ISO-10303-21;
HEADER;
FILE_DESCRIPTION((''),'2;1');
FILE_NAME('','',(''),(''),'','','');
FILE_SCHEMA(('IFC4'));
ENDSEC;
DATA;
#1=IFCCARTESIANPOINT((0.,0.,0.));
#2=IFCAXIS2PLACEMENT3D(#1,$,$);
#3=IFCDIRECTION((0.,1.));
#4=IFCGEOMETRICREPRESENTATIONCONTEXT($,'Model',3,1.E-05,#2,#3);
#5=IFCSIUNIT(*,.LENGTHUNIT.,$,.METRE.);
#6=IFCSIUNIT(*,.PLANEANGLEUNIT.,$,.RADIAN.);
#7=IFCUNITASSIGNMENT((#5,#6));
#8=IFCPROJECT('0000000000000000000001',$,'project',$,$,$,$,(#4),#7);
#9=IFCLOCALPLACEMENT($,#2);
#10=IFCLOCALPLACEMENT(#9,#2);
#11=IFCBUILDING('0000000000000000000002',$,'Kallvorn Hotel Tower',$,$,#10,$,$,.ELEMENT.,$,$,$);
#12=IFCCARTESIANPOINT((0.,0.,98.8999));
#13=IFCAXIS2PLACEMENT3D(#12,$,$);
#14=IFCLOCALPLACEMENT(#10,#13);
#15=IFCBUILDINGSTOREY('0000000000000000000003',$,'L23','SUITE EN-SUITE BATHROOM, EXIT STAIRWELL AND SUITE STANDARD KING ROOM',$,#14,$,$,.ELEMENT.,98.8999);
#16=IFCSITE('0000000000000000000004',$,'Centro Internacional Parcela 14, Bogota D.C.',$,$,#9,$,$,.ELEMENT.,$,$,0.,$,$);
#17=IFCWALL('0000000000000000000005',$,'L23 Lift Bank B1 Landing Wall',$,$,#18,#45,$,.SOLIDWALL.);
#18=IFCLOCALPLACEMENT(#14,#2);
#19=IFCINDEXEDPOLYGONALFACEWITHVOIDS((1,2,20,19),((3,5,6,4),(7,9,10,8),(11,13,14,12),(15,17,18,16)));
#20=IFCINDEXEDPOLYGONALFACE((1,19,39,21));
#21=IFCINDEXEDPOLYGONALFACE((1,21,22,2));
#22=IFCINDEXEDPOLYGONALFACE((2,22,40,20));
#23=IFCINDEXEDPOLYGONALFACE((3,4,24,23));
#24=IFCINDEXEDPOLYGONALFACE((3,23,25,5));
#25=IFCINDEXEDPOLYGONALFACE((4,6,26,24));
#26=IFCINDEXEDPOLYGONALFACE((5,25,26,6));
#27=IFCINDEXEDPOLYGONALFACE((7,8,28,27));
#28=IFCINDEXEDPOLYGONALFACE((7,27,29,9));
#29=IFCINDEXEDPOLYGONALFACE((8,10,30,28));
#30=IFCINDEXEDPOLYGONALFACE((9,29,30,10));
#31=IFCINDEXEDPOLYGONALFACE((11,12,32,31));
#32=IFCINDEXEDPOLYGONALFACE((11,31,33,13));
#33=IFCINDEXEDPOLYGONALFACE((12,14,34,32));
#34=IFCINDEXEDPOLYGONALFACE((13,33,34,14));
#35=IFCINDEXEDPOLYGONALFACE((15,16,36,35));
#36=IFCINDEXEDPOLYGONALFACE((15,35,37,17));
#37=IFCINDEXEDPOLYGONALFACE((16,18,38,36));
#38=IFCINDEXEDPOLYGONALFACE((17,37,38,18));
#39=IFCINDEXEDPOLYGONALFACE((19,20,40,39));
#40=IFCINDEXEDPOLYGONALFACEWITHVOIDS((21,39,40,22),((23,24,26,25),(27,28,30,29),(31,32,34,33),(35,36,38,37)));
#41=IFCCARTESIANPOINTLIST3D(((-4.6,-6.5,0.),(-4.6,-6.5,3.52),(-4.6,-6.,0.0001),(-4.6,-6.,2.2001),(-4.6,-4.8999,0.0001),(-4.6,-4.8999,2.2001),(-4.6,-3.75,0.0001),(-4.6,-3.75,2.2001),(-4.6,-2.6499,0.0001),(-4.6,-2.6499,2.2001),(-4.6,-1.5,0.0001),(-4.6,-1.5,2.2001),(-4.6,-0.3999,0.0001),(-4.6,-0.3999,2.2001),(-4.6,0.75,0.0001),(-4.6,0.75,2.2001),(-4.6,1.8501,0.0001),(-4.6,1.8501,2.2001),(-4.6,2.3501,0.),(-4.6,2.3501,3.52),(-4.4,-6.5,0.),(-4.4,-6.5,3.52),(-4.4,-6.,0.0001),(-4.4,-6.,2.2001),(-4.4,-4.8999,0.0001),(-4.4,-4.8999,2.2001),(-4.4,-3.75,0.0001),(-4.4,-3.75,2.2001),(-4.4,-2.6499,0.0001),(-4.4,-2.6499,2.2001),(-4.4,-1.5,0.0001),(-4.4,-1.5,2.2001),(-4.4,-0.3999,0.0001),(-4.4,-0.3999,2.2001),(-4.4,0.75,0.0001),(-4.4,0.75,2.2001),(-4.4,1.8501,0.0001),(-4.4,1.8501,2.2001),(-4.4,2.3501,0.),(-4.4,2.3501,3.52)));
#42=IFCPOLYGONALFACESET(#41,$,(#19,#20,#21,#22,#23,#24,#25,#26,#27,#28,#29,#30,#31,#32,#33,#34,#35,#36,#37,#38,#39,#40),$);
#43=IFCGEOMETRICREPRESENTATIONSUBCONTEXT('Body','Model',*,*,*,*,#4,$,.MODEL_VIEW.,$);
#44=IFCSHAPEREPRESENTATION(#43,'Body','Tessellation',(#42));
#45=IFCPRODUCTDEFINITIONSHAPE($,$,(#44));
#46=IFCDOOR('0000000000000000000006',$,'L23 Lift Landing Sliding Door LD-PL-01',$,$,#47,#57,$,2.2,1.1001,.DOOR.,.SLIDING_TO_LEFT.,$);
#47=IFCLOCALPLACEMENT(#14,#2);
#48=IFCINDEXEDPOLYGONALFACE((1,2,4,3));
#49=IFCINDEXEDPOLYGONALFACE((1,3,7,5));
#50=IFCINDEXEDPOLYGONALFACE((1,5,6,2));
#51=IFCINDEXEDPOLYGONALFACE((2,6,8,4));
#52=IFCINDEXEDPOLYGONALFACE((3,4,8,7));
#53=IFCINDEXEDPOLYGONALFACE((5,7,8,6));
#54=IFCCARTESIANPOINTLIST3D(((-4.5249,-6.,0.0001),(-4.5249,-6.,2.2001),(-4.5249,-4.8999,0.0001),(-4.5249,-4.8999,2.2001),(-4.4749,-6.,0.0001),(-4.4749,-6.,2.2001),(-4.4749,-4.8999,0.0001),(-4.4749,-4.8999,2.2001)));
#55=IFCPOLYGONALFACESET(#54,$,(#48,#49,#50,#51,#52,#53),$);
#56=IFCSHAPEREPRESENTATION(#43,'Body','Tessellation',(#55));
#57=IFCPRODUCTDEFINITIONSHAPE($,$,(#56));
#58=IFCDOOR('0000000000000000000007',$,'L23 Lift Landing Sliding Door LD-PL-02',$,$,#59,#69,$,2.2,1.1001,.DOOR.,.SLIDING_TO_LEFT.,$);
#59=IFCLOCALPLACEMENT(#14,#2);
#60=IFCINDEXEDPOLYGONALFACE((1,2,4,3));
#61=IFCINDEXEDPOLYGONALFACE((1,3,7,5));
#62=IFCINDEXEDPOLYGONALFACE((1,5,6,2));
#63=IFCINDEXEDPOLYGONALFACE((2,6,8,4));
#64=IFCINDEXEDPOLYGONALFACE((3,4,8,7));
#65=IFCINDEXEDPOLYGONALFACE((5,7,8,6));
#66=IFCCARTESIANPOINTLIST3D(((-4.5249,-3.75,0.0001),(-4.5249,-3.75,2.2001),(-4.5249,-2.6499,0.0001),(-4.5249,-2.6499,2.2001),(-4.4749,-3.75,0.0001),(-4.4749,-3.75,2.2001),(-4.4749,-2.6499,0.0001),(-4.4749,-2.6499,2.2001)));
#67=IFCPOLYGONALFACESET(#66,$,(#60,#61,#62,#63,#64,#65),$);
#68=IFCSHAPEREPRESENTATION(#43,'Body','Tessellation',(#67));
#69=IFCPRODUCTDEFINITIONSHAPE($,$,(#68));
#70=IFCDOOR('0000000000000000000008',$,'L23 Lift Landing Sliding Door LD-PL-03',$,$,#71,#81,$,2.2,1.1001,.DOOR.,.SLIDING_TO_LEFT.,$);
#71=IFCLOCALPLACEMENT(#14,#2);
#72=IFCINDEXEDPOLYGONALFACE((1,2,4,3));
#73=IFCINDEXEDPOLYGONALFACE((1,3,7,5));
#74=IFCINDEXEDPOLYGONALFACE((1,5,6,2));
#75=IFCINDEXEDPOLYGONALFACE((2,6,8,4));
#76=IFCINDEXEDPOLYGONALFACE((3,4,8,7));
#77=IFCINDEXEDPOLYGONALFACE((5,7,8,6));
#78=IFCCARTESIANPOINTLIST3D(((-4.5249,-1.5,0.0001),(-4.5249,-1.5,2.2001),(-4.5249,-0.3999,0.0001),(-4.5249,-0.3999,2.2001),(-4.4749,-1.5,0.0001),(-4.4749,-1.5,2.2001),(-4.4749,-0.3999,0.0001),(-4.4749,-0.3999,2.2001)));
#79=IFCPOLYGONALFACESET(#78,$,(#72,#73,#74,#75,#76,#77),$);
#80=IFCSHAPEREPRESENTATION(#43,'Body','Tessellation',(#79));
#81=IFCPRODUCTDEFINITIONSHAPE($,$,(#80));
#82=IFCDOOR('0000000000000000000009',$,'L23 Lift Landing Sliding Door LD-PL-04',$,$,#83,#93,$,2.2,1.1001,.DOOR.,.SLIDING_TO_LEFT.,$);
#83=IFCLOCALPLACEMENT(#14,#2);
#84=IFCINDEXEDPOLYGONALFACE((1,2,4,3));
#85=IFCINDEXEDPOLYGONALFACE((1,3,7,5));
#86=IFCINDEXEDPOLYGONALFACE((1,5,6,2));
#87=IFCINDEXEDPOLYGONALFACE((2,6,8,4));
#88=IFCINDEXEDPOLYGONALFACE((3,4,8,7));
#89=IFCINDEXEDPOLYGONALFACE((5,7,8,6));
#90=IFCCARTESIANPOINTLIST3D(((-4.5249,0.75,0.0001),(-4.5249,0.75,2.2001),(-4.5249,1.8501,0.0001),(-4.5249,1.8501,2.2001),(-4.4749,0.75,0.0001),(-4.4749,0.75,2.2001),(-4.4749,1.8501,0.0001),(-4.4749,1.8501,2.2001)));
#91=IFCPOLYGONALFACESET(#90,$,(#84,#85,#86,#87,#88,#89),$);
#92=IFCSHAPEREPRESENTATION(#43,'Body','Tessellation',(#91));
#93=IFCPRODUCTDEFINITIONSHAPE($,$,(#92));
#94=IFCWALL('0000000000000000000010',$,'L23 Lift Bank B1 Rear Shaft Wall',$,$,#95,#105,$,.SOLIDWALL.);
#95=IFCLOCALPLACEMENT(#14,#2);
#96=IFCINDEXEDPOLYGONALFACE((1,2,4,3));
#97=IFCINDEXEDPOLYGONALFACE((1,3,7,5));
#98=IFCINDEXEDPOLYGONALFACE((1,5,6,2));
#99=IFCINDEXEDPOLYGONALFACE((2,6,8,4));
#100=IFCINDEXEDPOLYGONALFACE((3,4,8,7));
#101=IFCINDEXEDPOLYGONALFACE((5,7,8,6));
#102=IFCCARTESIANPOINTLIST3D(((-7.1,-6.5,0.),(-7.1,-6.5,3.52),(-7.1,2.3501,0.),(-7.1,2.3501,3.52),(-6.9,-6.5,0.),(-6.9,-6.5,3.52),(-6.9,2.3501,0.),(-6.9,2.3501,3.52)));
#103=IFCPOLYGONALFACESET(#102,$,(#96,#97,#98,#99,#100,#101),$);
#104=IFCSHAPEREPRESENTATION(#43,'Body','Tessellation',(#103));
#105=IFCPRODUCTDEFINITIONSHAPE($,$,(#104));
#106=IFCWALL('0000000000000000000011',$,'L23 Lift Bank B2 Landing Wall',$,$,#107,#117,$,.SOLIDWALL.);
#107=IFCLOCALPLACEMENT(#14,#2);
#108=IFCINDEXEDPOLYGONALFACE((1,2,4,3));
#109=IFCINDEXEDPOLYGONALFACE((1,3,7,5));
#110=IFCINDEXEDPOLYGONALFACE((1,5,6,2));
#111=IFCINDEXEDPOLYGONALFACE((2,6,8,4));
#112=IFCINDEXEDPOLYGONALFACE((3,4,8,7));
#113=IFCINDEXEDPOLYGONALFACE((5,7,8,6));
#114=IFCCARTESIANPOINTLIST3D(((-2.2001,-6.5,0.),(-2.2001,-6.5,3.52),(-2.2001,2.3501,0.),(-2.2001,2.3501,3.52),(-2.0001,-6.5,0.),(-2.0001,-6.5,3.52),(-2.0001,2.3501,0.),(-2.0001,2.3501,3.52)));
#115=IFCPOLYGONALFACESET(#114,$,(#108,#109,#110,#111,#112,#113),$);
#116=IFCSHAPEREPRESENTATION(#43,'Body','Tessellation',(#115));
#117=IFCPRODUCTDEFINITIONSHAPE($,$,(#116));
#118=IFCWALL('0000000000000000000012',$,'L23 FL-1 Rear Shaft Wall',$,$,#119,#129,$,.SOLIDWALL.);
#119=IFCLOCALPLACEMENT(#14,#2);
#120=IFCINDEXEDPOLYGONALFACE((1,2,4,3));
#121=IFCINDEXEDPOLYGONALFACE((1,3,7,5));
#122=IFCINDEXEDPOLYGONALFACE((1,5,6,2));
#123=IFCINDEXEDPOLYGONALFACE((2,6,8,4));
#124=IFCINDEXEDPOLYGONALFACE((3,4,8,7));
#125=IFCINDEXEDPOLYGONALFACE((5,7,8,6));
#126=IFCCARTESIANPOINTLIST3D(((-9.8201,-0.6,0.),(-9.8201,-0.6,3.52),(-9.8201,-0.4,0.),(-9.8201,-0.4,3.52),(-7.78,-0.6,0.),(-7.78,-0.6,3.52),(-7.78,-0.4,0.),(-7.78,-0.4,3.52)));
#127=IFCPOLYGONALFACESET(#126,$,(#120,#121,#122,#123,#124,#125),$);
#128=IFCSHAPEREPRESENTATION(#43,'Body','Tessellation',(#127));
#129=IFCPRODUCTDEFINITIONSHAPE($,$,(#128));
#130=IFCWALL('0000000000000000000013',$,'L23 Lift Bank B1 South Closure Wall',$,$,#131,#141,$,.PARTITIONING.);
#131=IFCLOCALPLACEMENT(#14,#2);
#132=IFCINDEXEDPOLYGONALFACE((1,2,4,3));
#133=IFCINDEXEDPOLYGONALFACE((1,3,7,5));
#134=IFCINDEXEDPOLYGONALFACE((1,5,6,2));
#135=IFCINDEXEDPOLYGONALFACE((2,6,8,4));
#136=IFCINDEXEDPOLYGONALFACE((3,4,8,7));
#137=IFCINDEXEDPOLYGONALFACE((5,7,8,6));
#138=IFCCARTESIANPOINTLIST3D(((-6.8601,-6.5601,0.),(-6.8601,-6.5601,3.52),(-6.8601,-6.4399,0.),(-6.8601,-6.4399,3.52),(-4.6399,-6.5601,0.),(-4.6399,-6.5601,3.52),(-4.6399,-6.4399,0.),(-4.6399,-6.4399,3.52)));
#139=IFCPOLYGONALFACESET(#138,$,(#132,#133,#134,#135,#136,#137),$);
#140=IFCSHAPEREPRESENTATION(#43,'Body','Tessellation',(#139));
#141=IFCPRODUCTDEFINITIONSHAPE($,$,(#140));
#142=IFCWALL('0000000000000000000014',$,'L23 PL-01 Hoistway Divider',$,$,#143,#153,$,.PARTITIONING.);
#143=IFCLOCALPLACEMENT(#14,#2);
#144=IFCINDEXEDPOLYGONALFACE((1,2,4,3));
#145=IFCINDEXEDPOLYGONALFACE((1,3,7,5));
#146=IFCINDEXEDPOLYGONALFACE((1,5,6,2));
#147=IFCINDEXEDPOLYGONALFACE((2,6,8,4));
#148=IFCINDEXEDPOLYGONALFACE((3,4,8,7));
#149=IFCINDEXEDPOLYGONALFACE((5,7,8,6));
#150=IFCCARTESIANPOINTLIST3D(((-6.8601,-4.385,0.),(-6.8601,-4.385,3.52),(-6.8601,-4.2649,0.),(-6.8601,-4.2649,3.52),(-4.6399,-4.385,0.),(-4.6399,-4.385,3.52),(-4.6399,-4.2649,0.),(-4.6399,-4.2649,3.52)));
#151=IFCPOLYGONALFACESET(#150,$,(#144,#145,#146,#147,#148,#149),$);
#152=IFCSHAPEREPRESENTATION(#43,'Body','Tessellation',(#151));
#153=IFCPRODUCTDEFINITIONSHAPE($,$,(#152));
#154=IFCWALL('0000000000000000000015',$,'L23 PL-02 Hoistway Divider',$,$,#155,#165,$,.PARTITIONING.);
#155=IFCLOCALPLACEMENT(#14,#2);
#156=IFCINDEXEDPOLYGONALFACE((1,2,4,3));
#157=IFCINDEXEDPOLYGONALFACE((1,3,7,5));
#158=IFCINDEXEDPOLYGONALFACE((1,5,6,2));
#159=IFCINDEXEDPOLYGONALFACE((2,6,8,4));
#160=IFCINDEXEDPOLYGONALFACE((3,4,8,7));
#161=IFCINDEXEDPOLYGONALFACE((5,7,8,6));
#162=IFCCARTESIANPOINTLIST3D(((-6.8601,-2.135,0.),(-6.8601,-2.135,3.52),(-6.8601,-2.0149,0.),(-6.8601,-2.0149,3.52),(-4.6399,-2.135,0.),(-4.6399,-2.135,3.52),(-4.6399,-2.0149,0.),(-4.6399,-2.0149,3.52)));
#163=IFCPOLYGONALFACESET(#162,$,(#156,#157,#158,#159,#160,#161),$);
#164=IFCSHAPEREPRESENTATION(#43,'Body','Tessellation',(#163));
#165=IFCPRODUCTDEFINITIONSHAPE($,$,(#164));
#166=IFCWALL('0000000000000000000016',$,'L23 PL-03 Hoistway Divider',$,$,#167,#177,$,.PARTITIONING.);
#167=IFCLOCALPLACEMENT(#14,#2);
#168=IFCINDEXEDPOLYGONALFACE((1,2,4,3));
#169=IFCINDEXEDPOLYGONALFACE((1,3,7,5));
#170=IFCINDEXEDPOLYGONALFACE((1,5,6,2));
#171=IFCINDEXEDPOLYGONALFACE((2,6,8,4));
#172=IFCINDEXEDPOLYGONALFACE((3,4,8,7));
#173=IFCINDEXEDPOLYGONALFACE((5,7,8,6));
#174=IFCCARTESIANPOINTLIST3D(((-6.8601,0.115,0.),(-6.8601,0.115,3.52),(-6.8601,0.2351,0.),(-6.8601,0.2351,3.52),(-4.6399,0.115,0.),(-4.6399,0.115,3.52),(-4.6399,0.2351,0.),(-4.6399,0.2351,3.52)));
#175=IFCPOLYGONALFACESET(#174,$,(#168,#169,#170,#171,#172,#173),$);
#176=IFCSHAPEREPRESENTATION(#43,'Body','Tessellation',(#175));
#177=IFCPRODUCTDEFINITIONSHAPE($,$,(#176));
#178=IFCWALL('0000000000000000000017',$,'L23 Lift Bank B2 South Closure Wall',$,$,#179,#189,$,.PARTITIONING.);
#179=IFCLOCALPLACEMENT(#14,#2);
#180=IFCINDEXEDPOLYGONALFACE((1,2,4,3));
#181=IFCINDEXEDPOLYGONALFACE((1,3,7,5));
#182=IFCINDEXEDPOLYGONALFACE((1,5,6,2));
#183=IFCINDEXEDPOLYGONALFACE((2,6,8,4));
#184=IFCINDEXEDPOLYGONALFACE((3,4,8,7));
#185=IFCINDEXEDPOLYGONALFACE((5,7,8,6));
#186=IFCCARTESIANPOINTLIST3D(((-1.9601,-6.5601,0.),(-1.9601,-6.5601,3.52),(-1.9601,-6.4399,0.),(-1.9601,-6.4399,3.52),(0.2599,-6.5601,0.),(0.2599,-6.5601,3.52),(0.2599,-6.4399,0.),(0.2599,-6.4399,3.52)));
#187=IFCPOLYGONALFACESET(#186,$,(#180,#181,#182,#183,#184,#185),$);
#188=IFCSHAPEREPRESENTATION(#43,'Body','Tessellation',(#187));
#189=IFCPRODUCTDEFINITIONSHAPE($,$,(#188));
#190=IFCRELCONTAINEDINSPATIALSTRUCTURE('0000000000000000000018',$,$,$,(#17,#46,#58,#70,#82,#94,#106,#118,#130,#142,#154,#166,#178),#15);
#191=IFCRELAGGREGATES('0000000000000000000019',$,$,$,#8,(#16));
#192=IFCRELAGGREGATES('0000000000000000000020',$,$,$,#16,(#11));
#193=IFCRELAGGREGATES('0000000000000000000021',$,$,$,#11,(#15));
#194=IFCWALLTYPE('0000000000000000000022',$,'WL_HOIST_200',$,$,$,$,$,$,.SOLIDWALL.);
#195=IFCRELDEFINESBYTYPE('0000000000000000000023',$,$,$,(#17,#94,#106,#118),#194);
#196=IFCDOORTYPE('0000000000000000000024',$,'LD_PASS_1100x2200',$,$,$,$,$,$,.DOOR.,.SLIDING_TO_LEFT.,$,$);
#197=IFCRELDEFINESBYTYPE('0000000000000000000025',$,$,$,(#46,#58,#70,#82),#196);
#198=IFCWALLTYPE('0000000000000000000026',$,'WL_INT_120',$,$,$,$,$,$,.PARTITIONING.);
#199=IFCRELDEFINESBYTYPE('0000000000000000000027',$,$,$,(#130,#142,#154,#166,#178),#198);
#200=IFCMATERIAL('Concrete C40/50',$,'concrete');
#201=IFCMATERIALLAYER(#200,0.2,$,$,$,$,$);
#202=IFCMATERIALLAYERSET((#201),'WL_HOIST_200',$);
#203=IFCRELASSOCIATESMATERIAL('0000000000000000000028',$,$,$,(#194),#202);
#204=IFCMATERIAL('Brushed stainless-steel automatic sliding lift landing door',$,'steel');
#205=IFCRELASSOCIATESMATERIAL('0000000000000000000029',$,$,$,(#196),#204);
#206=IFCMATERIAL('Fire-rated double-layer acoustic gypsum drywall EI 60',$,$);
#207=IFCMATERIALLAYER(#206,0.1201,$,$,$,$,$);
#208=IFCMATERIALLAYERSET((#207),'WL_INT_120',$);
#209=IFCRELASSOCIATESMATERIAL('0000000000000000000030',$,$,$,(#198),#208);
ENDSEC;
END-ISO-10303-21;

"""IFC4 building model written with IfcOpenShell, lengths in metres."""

from ifc_helpers import new_model, si_unit, direction, frame, frame_2d, origin, place, context, subcontext, project, spatial, rectangle, extrude, material, layer, layer_set, type_object, element, fill, save


model = new_model("IFC4")

# Units and contexts
model_context = context("Model", 3, precision=1e-05, world=origin(), true_north=direction((0.0, 1.0)))
body_context = subcontext(model_context, "Body", "Model", "MODEL_VIEW")
ifc_project = project(units=[si_unit("LENGTHUNIT", "METRE"), si_unit("PLANEANGLEUNIT", "RADIAN")], contexts=[model_context])

# Site, building, storey
site_placement = place(None, origin())
site = spatial("IfcSite", under=ifc_project, at=site_placement, Name="Centro Internacional Parcela 14, Bogota D.C.", CompositionType="ELEMENT", RefElevation=0.0)
building_placement = place(site_placement, origin())
building = spatial("IfcBuilding", under=site, at=building_placement, Name="Kallvorn Hotel Tower", CompositionType="ELEMENT")
storey_placement = place(building_placement, frame((0.0, 0.0, 98.8999)))
storey = spatial("IfcBuildingStorey", under=building, at=storey_placement, Name="L23", Description="SUITE EN-SUITE BATHROOM, EXIT STAIRWELL AND SUITE STANDARD KING ROOM", CompositionType="ELEMENT", Elevation=98.8999)

# Wall, openings, doors
ifc_material_1 = material(Name="Concrete C40/50", Category="concrete")
ifc_layer_1 = layer(ifc_material_1, 0.2)
ifc_layer_set_1 = layer_set([ifc_layer_1], Name="WL_HOIST_200")
wall_type_1 = type_object("IfcWallType", Name="WL_HOIST_200", PredefinedType="SOLIDWALL", material=ifc_layer_set_1)
wall_1_placement = place(storey_placement, frame((-4.5, -6.5, 0.0), z_axis=(0.0, 0.0, 1.0), x_axis=(0.0, 1.0, 0.0)))
wall_1 = element("IfcWall", 1, at=wall_1_placement, inside=storey, type_object=wall_type_1, Name="L23 Lift Bank B1 Landing Wall", PredefinedType="SOLIDWALL", context=body_context, shape_type="SweptSolid", body=[
    extrude(rectangle(XDim=8.8501, YDim=0.2, at=frame_2d((4.425, 0.0))), origin(), (0.0, 0.0, 1.0), 3.52),
])
opening_1_placement = place(wall_1_placement, frame((0.5, 0.0, 0.0)))
opening_1 = element("IfcOpeningElement", 2, at=opening_1_placement, cuts=wall_1, PredefinedType="OPENING", context=body_context, shape_type="SweptSolid", body=[
    extrude(rectangle(XDim=1.1001, YDim=2.2, at=frame_2d((0.55, 1.1001))), frame((0.0, 0.115, 0.0), z_axis=(0.0, -1.0, 0.0), x_axis=(1.0, 0.0, 0.0)), (0.0, 0.0, 1.0), 0.23),
])
opening_2_placement = place(wall_1_placement, frame((2.75, 0.0, 0.0)))
opening_2 = element("IfcOpeningElement", 3, at=opening_2_placement, cuts=wall_1, PredefinedType="OPENING", context=body_context, shape_type="SweptSolid", body=[
    extrude(rectangle(XDim=1.1001, YDim=2.2, at=frame_2d((0.55, 1.1001))), frame((0.0, 0.115, 0.0), z_axis=(0.0, -1.0, 0.0), x_axis=(1.0, 0.0, 0.0)), (0.0, 0.0, 1.0), 0.23),
])
opening_3_placement = place(wall_1_placement, frame((5.0, 0.0, 0.0)))
opening_3 = element("IfcOpeningElement", 4, at=opening_3_placement, cuts=wall_1, PredefinedType="OPENING", context=body_context, shape_type="SweptSolid", body=[
    extrude(rectangle(XDim=1.1001, YDim=2.2, at=frame_2d((0.55, 1.1001))), frame((0.0, 0.115, 0.0), z_axis=(0.0, -1.0, 0.0), x_axis=(1.0, 0.0, 0.0)), (0.0, 0.0, 1.0), 0.23),
])
opening_4_placement = place(wall_1_placement, frame((7.25, 0.0, 0.0)))
opening_4 = element("IfcOpeningElement", 5, at=opening_4_placement, cuts=wall_1, PredefinedType="OPENING", context=body_context, shape_type="SweptSolid", body=[
    extrude(rectangle(XDim=1.1001, YDim=2.2, at=frame_2d((0.55, 1.1001))), frame((0.0, 0.115, 0.0), z_axis=(0.0, -1.0, 0.0), x_axis=(1.0, 0.0, 0.0)), (0.0, 0.0, 1.0), 0.23),
])
ifc_material_2 = material(Name="Brushed stainless-steel automatic sliding lift landing door", Category="steel")
door_type = type_object("IfcDoorType", Name="LD_PASS_1100x2200", OperationType="SLIDING_TO_LEFT", PredefinedType="DOOR", material=ifc_material_2)
door_1_placement = place(opening_1_placement, origin())
door_1 = element("IfcDoor", 6, at=door_1_placement, inside=storey, type_object=door_type, Name="L23 Lift Landing Sliding Door LD-PL-01", OperationType="SLIDING_TO_LEFT", OverallHeight=2.2, OverallWidth=1.1001, PredefinedType="DOOR", context=body_context, shape_type="SweptSolid", body=[
    extrude(rectangle(XDim=1.1001, YDim=2.2, at=frame_2d((0.55, 1.1001))), frame((0.0, 0.0249, 0.0), z_axis=(0.0, -1.0, 0.0), x_axis=(1.0, 0.0, 0.0)), (0.0, 0.0, 1.0), 0.05),
])
fill(opening_1, door_1)
door_2_placement = place(opening_2_placement, origin())
door_2 = element("IfcDoor", 7, at=door_2_placement, inside=storey, type_object=door_type, Name="L23 Lift Landing Sliding Door LD-PL-02", OperationType="SLIDING_TO_LEFT", OverallHeight=2.2, OverallWidth=1.1001, PredefinedType="DOOR", context=body_context, shape_type="SweptSolid", body=[
    extrude(rectangle(XDim=1.1001, YDim=2.2, at=frame_2d((0.55, 1.1001))), frame((0.0, 0.0249, 0.0), z_axis=(0.0, -1.0, 0.0), x_axis=(1.0, 0.0, 0.0)), (0.0, 0.0, 1.0), 0.05),
])
fill(opening_2, door_2)
door_3_placement = place(opening_3_placement, origin())
door_3 = element("IfcDoor", 8, at=door_3_placement, inside=storey, type_object=door_type, Name="L23 Lift Landing Sliding Door LD-PL-03", OperationType="SLIDING_TO_LEFT", OverallHeight=2.2, OverallWidth=1.1001, PredefinedType="DOOR", context=body_context, shape_type="SweptSolid", body=[
    extrude(rectangle(XDim=1.1001, YDim=2.2, at=frame_2d((0.55, 1.1001))), frame((0.0, 0.0249, 0.0), z_axis=(0.0, -1.0, 0.0), x_axis=(1.0, 0.0, 0.0)), (0.0, 0.0, 1.0), 0.05),
])
fill(opening_3, door_3)
door_4_placement = place(opening_4_placement, origin())
door_4 = element("IfcDoor", 9, at=door_4_placement, inside=storey, type_object=door_type, Name="L23 Lift Landing Sliding Door LD-PL-04", OperationType="SLIDING_TO_LEFT", OverallHeight=2.2, OverallWidth=1.1001, PredefinedType="DOOR", context=body_context, shape_type="SweptSolid", body=[
    extrude(rectangle(XDim=1.1001, YDim=2.2, at=frame_2d((0.55, 1.1001))), frame((0.0, 0.0249, 0.0), z_axis=(0.0, -1.0, 0.0), x_axis=(1.0, 0.0, 0.0)), (0.0, 0.0, 1.0), 0.05),
])
fill(opening_4, door_4)

# Walls
for number, where, z_axis, x_axis, name in (
    (10, (-7.0, -6.5, 0.0), (0.0, 0.0, 1.0), (0.0, 1.0, 0.0), "L23 Lift Bank B1 Rear Shaft Wall"),
    (11, (-2.1001, -6.5, 0.0), (0.0, 0.0, 1.0), (0.0, 1.0, 0.0), "L23 Lift Bank B2 Landing Wall"),
):
    element("IfcWall", number, at=place(storey_placement, frame(where, z_axis=z_axis, x_axis=x_axis)), inside=storey, type_object=wall_type_1, Name=name, PredefinedType="SOLIDWALL", context=body_context, shape_type="SweptSolid", body=[
        extrude(rectangle(XDim=8.8501, YDim=0.2, at=frame_2d((4.425, 0.0))), origin(), (0.0, 0.0, 1.0), 3.52),
    ])
wall_2_placement = place(storey_placement, frame((-9.8201, -0.5, 0.0), z_axis=(0.0, 0.0, 1.0), x_axis=(1.0, 0.0, 0.0)))
element("IfcWall", 12, at=wall_2_placement, inside=storey, type_object=wall_type_1, Name="L23 FL-1 Rear Shaft Wall", PredefinedType="SOLIDWALL", context=body_context, shape_type="SweptSolid", body=[
    extrude(rectangle(XDim=2.04, YDim=0.2, at=frame_2d((1.02, 0.0))), origin(), (0.0, 0.0, 1.0), 3.52),
])
ifc_material_3 = material(Name="Fire-rated double-layer acoustic gypsum drywall EI 60")
ifc_layer_2 = layer(ifc_material_3, 0.1201)
ifc_layer_set_2 = layer_set([ifc_layer_2], Name="WL_INT_120")
wall_type_2 = type_object("IfcWallType", Name="WL_INT_120", PredefinedType="PARTITIONING", material=ifc_layer_set_2)
for number, where, z_axis, x_axis, name in (
    (13, (-6.8601, -6.5, 0.0), (0.0, 0.0, 1.0), (1.0, 0.0, 0.0), "L23 Lift Bank B1 South Closure Wall"),
    (14, (-6.8601, -4.325, 0.0), (0.0, 0.0, 1.0), (1.0, 0.0, 0.0), "L23 PL-01 Hoistway Divider"),
    (15, (-6.8601, -2.075, 0.0), (0.0, 0.0, 1.0), (1.0, 0.0, 0.0), "L23 PL-02 Hoistway Divider"),
    (16, (-6.8601, 0.175, 0.0), (0.0, 0.0, 1.0), (1.0, 0.0, 0.0), "L23 PL-03 Hoistway Divider"),
):
    element("IfcWall", number, at=place(storey_placement, frame(where, z_axis=z_axis, x_axis=x_axis)), inside=storey, type_object=wall_type_2, Name=name, PredefinedType="PARTITIONING", context=body_context, shape_type="SweptSolid", body=[
        extrude(rectangle(XDim=2.2202, YDim=0.1201, at=frame_2d((1.1101, 0.0))), origin(), (0.0, 0.0, 1.0), 3.52),
    ])
for number, where, z_axis, x_axis, name in (
    (17, (-1.96, -6.5, 0.0), (0.0, 0.0, 1.0), (1.0, 0.0, 0.0), "L23 Lift Bank B2 South Closure Wall"),
):
    element("IfcWall", number, at=place(storey_placement, frame(where, z_axis=z_axis, x_axis=x_axis)), inside=storey, type_object=wall_type_2, Name=name, PredefinedType="PARTITIONING", context=body_context, shape_type="SweptSolid", body=[
        extrude(rectangle(XDim=2.22, YDim=0.1201, at=frame_2d((1.1099, 0.0))), origin(), (0.0, 0.0, 1.0), 3.52),
    ])

save(model, "model.ifc")
